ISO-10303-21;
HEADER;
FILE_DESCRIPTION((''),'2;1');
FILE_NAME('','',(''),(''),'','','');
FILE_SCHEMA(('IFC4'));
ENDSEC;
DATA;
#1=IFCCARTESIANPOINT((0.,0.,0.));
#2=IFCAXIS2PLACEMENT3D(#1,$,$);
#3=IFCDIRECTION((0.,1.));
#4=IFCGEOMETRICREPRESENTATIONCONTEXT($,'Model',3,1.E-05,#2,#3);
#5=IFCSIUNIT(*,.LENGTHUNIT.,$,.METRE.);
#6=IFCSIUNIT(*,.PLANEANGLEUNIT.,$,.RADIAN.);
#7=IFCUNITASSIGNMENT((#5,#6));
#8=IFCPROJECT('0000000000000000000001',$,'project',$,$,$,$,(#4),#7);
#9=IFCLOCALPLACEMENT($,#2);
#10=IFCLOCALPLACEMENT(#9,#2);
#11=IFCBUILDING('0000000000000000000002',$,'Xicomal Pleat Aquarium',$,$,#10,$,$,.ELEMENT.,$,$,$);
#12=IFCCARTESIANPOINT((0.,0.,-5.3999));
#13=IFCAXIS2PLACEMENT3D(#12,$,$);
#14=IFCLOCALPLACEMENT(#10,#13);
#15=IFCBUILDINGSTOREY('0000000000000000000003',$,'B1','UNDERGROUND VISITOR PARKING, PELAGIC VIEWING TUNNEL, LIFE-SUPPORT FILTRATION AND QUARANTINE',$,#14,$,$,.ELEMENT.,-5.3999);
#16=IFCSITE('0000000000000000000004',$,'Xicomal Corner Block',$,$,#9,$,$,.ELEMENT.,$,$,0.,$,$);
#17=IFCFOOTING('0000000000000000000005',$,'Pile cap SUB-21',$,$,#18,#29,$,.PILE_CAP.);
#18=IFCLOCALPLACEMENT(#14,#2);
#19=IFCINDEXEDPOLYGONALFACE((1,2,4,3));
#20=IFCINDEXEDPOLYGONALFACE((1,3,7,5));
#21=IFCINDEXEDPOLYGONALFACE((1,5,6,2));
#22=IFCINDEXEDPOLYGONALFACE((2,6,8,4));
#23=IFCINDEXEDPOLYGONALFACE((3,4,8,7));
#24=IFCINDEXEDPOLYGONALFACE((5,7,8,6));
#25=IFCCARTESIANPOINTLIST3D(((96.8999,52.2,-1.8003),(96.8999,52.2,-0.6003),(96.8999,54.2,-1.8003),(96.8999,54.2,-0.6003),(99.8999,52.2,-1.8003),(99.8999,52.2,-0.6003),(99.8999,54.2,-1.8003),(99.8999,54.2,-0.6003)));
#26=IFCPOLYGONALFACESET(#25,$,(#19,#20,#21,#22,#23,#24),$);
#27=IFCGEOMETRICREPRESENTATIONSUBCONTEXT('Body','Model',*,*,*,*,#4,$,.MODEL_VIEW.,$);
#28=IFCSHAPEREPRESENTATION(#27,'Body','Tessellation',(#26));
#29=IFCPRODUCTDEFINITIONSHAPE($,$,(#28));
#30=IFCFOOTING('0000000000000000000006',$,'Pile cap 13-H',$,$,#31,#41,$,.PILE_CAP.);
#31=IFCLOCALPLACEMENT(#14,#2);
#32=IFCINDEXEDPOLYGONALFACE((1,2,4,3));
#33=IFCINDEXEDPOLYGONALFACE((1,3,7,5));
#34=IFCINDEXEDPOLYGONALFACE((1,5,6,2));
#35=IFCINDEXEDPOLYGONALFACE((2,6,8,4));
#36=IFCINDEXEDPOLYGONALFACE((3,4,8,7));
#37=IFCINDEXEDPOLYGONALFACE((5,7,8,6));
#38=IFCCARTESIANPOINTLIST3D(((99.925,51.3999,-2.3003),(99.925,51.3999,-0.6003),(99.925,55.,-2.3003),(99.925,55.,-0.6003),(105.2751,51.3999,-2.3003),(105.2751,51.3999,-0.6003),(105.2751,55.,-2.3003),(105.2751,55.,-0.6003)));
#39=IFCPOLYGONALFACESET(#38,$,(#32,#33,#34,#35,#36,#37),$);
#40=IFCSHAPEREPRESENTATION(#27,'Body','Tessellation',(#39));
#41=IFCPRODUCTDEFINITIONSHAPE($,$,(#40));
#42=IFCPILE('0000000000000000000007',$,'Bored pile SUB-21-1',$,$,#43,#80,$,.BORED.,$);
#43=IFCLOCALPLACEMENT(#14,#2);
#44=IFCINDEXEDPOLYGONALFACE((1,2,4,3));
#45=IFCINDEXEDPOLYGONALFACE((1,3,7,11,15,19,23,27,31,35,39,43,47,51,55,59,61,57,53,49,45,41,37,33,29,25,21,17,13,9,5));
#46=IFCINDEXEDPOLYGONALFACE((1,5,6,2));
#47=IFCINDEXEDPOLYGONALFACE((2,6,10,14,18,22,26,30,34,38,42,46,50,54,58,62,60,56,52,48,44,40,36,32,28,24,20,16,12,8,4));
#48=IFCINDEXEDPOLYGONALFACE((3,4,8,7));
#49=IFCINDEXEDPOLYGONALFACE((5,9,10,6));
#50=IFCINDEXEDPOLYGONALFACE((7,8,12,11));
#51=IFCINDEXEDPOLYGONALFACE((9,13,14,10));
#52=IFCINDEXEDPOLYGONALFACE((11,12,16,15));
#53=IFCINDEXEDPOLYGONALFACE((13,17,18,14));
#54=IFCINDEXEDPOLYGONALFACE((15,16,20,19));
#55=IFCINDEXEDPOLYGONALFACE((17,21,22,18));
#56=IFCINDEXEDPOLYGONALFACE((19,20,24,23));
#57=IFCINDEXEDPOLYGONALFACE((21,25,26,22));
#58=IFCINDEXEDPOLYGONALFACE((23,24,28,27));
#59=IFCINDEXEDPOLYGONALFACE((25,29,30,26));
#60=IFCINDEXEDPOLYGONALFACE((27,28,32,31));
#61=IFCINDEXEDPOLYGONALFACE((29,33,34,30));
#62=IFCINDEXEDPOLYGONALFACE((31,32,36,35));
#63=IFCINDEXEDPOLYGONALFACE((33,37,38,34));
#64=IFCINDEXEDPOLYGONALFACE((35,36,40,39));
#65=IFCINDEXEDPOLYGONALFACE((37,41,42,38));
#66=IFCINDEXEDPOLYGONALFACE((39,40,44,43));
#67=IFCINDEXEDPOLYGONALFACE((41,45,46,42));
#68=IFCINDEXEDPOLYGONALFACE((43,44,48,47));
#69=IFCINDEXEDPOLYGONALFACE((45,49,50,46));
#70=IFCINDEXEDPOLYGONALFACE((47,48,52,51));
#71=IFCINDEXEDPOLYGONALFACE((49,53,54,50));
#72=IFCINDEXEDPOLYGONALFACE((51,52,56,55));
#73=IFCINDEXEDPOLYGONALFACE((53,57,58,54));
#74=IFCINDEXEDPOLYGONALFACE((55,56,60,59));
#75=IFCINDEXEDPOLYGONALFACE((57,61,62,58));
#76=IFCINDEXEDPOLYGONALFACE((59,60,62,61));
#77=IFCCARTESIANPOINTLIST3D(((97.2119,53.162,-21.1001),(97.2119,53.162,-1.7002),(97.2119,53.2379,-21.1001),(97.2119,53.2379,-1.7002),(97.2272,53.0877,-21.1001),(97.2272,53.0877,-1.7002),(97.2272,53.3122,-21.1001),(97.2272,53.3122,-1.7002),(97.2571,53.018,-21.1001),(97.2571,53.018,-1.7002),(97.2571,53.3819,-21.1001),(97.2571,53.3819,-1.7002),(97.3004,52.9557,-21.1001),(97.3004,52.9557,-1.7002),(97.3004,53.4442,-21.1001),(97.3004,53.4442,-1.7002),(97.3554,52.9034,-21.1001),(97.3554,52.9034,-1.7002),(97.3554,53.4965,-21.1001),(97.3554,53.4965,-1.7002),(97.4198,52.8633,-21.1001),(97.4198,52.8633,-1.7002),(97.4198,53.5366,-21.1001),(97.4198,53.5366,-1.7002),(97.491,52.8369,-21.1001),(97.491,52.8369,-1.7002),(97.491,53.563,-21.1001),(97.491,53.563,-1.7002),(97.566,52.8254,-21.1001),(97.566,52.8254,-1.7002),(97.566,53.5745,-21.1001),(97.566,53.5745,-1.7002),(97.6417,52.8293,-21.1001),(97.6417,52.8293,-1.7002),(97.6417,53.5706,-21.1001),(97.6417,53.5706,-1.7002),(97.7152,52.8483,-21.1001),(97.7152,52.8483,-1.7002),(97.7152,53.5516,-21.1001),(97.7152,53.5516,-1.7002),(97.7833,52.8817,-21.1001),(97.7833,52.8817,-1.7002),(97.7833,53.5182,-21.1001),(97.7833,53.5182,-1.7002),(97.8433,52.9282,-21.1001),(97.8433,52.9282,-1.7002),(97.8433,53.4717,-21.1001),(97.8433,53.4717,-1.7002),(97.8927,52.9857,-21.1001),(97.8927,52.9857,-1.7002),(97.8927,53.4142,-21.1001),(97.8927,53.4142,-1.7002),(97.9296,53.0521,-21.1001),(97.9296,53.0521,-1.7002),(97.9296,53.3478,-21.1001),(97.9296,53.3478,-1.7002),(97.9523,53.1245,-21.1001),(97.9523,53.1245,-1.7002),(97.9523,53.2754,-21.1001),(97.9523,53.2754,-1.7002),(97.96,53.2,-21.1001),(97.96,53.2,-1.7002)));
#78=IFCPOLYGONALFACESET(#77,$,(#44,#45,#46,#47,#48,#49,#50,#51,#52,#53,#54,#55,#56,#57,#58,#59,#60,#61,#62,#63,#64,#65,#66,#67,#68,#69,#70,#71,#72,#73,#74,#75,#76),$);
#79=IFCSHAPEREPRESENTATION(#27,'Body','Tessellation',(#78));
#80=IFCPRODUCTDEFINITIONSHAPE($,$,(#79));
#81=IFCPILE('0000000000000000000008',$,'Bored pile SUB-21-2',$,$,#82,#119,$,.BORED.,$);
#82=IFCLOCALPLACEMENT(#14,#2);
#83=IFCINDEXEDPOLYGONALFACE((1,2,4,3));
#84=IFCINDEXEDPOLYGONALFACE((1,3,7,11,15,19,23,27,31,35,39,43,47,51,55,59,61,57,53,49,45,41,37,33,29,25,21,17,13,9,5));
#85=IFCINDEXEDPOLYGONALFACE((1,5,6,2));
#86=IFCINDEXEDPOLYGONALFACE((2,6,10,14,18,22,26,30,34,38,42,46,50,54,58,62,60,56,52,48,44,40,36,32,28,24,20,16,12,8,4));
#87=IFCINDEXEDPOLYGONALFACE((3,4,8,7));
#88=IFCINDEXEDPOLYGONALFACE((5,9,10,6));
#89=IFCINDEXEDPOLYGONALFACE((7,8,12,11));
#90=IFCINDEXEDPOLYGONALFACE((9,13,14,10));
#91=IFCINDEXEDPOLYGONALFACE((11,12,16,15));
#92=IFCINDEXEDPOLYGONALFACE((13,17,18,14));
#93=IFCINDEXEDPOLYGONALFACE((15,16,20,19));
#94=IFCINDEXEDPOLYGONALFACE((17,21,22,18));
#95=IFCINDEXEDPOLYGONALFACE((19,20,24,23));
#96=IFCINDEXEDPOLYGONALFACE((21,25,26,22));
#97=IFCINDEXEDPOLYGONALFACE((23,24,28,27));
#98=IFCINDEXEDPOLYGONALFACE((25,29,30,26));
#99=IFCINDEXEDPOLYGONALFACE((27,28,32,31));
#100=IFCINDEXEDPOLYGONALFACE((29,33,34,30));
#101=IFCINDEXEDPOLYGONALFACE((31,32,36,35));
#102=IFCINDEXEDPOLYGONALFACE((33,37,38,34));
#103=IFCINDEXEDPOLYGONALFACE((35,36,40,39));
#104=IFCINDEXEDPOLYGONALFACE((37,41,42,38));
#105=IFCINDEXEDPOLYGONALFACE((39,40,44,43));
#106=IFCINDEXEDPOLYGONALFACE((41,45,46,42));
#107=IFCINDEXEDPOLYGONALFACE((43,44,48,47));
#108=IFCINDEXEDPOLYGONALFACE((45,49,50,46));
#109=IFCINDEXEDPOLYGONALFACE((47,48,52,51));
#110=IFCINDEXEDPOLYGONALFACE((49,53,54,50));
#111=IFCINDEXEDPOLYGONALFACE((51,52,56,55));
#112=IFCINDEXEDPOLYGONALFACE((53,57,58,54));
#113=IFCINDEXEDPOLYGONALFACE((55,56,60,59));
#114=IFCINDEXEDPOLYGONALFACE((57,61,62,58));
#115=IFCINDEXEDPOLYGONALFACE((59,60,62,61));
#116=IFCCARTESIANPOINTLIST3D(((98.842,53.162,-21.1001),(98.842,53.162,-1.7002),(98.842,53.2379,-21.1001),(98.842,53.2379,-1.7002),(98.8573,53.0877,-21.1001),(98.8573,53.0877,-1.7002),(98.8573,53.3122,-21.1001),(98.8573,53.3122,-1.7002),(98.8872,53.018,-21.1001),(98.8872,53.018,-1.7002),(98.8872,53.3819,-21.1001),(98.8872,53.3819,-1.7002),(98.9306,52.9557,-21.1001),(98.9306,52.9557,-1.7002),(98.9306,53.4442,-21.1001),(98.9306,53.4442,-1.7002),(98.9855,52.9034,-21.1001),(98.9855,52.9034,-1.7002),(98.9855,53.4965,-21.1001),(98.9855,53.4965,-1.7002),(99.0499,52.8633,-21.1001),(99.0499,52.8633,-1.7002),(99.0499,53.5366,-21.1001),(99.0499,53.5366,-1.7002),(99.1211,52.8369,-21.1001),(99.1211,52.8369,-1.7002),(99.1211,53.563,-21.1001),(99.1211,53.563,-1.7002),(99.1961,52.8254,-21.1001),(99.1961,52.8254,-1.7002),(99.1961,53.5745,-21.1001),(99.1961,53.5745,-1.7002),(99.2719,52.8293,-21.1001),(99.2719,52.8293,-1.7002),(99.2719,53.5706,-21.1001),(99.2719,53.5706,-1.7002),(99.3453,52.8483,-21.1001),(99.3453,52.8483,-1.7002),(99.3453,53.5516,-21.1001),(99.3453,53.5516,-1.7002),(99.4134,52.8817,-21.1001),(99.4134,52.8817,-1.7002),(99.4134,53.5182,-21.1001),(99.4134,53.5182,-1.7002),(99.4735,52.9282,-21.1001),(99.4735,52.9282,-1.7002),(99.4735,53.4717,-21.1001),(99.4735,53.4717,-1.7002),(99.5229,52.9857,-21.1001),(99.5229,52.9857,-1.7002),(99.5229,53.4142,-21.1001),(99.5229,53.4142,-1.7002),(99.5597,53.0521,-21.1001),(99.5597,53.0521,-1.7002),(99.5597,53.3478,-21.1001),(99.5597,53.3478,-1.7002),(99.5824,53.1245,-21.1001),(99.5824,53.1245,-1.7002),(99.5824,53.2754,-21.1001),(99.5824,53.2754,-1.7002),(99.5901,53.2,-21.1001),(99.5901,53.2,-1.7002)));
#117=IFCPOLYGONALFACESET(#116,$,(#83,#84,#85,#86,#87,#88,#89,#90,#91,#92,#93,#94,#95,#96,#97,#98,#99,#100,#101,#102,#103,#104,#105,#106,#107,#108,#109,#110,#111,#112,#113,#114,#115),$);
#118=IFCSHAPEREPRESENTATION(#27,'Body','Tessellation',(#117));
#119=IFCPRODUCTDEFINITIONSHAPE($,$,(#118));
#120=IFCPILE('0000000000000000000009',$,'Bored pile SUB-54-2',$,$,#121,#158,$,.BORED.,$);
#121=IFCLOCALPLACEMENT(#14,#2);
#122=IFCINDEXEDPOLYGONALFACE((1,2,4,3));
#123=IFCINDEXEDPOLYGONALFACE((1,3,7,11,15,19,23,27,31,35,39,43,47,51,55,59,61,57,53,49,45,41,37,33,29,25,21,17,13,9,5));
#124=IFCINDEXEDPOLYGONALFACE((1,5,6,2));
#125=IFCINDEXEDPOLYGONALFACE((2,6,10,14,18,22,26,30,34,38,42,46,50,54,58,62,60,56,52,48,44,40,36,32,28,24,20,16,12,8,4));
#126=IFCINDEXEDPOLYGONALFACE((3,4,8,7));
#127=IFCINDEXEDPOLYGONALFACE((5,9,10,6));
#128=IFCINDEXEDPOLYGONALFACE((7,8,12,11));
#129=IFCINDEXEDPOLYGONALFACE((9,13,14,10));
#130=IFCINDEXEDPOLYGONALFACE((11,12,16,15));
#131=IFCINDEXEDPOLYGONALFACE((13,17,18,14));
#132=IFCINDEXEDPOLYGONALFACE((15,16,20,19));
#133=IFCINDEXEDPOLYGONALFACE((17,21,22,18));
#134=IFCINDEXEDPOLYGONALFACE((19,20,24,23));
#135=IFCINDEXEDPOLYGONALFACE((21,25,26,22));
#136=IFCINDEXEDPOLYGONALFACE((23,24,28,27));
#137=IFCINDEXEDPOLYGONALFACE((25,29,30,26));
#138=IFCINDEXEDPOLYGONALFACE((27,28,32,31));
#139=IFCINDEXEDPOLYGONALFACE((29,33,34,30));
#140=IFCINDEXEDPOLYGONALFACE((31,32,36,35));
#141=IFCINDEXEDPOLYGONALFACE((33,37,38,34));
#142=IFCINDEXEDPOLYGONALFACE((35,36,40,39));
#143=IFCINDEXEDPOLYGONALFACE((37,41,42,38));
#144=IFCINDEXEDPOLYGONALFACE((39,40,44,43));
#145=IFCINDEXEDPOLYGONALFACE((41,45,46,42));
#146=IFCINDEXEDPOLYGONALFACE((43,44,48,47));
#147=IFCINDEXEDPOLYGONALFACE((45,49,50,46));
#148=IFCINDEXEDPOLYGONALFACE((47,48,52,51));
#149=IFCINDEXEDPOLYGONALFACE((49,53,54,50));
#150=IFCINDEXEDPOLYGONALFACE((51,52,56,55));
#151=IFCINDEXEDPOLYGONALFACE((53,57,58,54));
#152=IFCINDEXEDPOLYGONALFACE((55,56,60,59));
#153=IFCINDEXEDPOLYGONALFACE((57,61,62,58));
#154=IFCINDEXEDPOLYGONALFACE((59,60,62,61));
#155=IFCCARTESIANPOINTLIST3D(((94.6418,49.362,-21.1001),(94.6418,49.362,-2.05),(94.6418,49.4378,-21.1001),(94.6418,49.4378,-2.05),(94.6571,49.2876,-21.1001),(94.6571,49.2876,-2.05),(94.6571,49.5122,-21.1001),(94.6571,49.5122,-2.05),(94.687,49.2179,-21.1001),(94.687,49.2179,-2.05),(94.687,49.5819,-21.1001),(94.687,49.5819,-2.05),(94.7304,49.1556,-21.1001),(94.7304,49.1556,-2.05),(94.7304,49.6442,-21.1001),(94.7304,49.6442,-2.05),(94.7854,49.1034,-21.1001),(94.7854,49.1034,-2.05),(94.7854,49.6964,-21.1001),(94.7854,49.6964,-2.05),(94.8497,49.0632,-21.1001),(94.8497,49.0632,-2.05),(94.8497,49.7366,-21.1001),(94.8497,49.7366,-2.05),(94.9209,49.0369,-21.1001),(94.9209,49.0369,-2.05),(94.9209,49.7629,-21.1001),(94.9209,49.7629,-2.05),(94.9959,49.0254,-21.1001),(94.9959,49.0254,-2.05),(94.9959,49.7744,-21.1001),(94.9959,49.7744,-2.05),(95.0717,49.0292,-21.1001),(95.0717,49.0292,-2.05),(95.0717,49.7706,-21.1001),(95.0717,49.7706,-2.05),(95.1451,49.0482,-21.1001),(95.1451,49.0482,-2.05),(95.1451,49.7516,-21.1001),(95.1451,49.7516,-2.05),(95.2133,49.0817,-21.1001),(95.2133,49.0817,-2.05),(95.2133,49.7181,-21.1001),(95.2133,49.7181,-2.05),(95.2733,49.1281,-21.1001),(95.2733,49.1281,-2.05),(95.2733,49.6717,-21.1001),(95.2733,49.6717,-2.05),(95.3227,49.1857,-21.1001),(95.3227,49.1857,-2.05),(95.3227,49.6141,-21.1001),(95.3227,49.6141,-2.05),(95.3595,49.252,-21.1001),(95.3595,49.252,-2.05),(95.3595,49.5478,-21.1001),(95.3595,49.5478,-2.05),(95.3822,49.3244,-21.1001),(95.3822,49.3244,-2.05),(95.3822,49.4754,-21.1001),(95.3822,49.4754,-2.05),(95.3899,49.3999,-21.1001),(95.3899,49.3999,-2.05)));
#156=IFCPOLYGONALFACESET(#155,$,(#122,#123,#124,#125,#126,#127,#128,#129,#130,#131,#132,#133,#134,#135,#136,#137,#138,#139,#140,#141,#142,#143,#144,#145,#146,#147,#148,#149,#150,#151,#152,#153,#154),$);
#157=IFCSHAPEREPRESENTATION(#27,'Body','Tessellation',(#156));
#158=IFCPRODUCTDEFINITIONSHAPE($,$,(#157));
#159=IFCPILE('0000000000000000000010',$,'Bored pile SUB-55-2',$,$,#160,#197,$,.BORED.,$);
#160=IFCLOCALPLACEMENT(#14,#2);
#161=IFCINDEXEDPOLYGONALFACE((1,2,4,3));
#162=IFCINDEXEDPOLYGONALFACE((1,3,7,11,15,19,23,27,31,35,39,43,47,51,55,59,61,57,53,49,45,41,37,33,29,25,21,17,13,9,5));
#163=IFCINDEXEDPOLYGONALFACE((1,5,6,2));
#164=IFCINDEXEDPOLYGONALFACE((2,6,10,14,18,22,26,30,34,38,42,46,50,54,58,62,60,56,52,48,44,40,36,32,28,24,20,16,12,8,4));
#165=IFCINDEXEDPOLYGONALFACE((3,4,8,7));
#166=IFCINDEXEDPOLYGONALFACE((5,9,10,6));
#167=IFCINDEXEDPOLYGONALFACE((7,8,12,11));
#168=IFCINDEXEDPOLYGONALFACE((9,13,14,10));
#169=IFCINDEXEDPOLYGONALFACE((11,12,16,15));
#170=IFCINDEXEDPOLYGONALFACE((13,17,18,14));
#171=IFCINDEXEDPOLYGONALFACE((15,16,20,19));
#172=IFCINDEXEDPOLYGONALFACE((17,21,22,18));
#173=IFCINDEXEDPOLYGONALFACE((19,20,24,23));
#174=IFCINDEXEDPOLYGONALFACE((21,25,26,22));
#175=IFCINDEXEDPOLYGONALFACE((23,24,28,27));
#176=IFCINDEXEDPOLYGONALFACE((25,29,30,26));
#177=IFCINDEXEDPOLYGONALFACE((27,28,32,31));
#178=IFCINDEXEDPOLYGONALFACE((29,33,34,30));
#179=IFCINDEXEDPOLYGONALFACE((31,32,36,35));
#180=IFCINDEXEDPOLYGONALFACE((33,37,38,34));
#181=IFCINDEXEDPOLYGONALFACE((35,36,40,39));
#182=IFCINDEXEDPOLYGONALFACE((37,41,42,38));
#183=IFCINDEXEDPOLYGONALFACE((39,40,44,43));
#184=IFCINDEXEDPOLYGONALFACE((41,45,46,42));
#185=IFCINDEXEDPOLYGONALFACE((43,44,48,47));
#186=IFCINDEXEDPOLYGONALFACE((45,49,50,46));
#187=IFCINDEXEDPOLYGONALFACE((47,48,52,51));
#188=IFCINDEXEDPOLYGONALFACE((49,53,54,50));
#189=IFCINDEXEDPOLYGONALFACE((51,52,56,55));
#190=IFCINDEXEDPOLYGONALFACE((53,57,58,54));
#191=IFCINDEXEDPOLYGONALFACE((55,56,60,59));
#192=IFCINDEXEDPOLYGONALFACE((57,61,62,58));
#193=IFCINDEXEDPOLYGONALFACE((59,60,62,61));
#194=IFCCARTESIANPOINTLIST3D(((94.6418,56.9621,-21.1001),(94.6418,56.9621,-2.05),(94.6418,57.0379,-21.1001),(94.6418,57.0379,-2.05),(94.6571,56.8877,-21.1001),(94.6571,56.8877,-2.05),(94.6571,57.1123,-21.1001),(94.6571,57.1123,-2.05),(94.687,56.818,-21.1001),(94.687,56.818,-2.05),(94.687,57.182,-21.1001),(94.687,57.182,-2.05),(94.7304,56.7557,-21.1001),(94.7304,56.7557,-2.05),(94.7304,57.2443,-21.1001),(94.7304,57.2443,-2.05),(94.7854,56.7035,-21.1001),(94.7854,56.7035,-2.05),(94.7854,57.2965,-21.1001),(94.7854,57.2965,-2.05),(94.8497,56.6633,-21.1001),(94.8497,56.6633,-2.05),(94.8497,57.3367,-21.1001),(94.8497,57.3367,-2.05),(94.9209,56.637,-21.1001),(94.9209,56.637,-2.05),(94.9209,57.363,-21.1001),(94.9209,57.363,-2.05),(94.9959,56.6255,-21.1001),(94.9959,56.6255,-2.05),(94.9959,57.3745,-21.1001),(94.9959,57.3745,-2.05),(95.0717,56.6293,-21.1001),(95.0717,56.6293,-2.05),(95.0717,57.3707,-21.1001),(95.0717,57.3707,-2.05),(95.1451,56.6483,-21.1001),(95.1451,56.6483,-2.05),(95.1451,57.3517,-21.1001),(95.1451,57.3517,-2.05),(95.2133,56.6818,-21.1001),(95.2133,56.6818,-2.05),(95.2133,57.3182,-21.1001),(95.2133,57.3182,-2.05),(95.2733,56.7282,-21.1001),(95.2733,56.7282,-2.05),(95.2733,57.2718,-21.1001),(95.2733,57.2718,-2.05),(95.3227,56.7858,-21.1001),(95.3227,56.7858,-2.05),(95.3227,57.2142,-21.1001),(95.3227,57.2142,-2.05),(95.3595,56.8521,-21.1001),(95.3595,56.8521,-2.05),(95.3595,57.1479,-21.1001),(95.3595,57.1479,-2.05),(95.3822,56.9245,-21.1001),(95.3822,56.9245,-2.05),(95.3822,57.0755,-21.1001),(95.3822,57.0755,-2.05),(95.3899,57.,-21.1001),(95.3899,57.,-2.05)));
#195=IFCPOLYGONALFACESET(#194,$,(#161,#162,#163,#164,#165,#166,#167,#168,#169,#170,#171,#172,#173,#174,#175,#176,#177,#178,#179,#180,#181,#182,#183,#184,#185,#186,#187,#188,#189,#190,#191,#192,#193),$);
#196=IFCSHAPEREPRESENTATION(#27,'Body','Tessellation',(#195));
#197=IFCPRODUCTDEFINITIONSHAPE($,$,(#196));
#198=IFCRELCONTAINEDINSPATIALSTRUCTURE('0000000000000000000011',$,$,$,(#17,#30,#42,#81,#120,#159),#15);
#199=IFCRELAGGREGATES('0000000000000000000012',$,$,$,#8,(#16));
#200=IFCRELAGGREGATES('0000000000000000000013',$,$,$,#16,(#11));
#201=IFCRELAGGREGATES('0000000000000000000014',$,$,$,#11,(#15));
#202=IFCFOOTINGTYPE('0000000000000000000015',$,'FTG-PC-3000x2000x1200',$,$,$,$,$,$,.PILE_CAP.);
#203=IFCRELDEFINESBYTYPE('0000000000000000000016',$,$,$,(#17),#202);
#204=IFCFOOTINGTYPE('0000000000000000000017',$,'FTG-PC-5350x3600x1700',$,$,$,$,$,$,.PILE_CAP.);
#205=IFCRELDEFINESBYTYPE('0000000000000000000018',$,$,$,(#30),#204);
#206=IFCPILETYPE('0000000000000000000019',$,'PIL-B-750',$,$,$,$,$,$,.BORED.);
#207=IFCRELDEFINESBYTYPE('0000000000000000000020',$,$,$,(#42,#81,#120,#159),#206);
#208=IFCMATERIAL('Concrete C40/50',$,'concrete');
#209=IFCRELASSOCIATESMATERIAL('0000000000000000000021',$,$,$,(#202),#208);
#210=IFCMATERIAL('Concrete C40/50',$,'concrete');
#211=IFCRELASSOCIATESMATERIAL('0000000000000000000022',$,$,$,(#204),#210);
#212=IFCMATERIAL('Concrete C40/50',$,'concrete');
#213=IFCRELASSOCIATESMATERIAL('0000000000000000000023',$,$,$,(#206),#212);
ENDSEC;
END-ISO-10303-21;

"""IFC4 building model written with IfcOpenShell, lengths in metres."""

from ifc_helpers import new_model, si_unit, direction, frame, origin, origin_2d, place, context, subcontext, project, spatial, rectangle, circle, extrude, material, material_profile, profile_set, type_object, element, save


model = new_model("IFC4")

# Units and contexts
model_context = context("Model", 3, precision=1e-05, world=origin(), true_north=direction((0.0, 1.0)))
body_context = subcontext(model_context, "Body", "Model", "MODEL_VIEW")
ifc_project = project(units=[si_unit("LENGTHUNIT", "METRE"), si_unit("PLANEANGLEUNIT", "RADIAN")], contexts=[model_context])

# Site, building, storey
site_placement = place(None, origin())
site = spatial("IfcSite", under=ifc_project, at=site_placement, Name="Xicomal Corner Block", CompositionType="ELEMENT", RefElevation=0.0)
building_placement = place(site_placement, origin())
building = spatial("IfcBuilding", under=site, at=building_placement, Name="Xicomal Pleat Aquarium", CompositionType="ELEMENT")
storey_placement = place(building_placement, frame((0.0, 0.0, -5.3999)))
storey = spatial("IfcBuildingStorey", under=building, at=storey_placement, Name="B1", Description="UNDERGROUND VISITOR PARKING, PELAGIC VIEWING TUNNEL, LIFE-SUPPORT FILTRATION AND QUARANTINE", CompositionType="ELEMENT", Elevation=-5.3999)

# Footings
ifc_material_1 = material(Name="Concrete C40/50", Category="concrete")
footing_type_1 = type_object("IfcFootingType", Name="FTG-PC-3000x2000x1200", PredefinedType="PILE_CAP", material=ifc_material_1)
footing_1_placement = place(storey_placement, frame((98.3999, 53.2, -1.8003), z_axis=(0.0, 0.0, 1.0), x_axis=(1.0, 0.0, 0.0)))
element("IfcFooting", 1, at=footing_1_placement, inside=storey, type_object=footing_type_1, Name="Pile cap SUB-21", PredefinedType="PILE_CAP", context=body_context, shape_type="SweptSolid", body=[
    extrude(rectangle(XDim=3.0, YDim=2.0, at=origin_2d()), origin(), (0.0, 0.0, 1.0), 1.2),
])
ifc_material_2 = material(Name="Concrete C40/50", Category="concrete")
footing_type_2 = type_object("IfcFootingType", Name="FTG-PC-5350x3600x1700", PredefinedType="PILE_CAP", material=ifc_material_2)
footing_2_placement = place(storey_placement, frame((102.6001, 53.2, -2.3003), z_axis=(0.0, 0.0, 1.0), x_axis=(1.0, 0.0, 0.0)))
element("IfcFooting", 2, at=footing_2_placement, inside=storey, type_object=footing_type_2, Name="Pile cap 13-H", PredefinedType="PILE_CAP", context=body_context, shape_type="SweptSolid", body=[
    extrude(rectangle(XDim=5.3501, YDim=3.6001, at=origin_2d()), origin(), (0.0, 0.0, 1.0), 1.7),
])

# Piles
ifc_material_3 = material(Name="Concrete C40/50", Category="concrete")
ifc_material_profile_1 = material_profile(ifc_material_3, circle(Radius=0.375, at=origin_2d()), Name="BORED PILE D750")
ifc_profile_set_1 = profile_set([ifc_material_profile_1], Name="Concrete C40/50")
pile_type_1 = type_object("IfcPileType", Name="PIL-B-750", PredefinedType="BORED", material=ifc_profile_set_1)
for number, where, z_axis, x_axis, name in (
    (3, (97.585, 53.2, -1.7002), (0.0, 0.0, -1.0), (1.0, 0.0, 0.0), "Bored pile SUB-21-1"),
    (4, (99.2151, 53.2, -1.7002), (0.0, 0.0, -1.0), (1.0, 0.0, 0.0), "Bored pile SUB-21-2"),
):
    element("IfcPile", number, at=place(storey_placement, frame(where, z_axis=z_axis, x_axis=x_axis)), inside=storey, type_object=pile_type_1, Name=name, PredefinedType="BORED", context=body_context, shape_type="SweptSolid", body=[
        extrude(circle(Radius=0.375, at=origin_2d()), origin(), (0.0, 0.0, 1.0), 19.3999),
    ])
for number, where, z_axis, x_axis, name in (
    (5, (95.0149, 49.3999, -2.05), (0.0, 0.0, -1.0), (1.0, 0.0, 0.0), "Bored pile SUB-54-2"),
    (6, (95.0149, 57.0, -2.05), (0.0, 0.0, -1.0), (1.0, 0.0, 0.0), "Bored pile SUB-55-2"),
):
    element("IfcPile", number, at=place(storey_placement, frame(where, z_axis=z_axis, x_axis=x_axis)), inside=storey, type_object=pile_type_1, Name=name, PredefinedType="BORED", context=body_context, shape_type="SweptSolid", body=[
        extrude(circle(Radius=0.375, at=origin_2d()), origin(), (0.0, 0.0, 1.0), 19.05),
    ])

save(model, "model.ifc")
